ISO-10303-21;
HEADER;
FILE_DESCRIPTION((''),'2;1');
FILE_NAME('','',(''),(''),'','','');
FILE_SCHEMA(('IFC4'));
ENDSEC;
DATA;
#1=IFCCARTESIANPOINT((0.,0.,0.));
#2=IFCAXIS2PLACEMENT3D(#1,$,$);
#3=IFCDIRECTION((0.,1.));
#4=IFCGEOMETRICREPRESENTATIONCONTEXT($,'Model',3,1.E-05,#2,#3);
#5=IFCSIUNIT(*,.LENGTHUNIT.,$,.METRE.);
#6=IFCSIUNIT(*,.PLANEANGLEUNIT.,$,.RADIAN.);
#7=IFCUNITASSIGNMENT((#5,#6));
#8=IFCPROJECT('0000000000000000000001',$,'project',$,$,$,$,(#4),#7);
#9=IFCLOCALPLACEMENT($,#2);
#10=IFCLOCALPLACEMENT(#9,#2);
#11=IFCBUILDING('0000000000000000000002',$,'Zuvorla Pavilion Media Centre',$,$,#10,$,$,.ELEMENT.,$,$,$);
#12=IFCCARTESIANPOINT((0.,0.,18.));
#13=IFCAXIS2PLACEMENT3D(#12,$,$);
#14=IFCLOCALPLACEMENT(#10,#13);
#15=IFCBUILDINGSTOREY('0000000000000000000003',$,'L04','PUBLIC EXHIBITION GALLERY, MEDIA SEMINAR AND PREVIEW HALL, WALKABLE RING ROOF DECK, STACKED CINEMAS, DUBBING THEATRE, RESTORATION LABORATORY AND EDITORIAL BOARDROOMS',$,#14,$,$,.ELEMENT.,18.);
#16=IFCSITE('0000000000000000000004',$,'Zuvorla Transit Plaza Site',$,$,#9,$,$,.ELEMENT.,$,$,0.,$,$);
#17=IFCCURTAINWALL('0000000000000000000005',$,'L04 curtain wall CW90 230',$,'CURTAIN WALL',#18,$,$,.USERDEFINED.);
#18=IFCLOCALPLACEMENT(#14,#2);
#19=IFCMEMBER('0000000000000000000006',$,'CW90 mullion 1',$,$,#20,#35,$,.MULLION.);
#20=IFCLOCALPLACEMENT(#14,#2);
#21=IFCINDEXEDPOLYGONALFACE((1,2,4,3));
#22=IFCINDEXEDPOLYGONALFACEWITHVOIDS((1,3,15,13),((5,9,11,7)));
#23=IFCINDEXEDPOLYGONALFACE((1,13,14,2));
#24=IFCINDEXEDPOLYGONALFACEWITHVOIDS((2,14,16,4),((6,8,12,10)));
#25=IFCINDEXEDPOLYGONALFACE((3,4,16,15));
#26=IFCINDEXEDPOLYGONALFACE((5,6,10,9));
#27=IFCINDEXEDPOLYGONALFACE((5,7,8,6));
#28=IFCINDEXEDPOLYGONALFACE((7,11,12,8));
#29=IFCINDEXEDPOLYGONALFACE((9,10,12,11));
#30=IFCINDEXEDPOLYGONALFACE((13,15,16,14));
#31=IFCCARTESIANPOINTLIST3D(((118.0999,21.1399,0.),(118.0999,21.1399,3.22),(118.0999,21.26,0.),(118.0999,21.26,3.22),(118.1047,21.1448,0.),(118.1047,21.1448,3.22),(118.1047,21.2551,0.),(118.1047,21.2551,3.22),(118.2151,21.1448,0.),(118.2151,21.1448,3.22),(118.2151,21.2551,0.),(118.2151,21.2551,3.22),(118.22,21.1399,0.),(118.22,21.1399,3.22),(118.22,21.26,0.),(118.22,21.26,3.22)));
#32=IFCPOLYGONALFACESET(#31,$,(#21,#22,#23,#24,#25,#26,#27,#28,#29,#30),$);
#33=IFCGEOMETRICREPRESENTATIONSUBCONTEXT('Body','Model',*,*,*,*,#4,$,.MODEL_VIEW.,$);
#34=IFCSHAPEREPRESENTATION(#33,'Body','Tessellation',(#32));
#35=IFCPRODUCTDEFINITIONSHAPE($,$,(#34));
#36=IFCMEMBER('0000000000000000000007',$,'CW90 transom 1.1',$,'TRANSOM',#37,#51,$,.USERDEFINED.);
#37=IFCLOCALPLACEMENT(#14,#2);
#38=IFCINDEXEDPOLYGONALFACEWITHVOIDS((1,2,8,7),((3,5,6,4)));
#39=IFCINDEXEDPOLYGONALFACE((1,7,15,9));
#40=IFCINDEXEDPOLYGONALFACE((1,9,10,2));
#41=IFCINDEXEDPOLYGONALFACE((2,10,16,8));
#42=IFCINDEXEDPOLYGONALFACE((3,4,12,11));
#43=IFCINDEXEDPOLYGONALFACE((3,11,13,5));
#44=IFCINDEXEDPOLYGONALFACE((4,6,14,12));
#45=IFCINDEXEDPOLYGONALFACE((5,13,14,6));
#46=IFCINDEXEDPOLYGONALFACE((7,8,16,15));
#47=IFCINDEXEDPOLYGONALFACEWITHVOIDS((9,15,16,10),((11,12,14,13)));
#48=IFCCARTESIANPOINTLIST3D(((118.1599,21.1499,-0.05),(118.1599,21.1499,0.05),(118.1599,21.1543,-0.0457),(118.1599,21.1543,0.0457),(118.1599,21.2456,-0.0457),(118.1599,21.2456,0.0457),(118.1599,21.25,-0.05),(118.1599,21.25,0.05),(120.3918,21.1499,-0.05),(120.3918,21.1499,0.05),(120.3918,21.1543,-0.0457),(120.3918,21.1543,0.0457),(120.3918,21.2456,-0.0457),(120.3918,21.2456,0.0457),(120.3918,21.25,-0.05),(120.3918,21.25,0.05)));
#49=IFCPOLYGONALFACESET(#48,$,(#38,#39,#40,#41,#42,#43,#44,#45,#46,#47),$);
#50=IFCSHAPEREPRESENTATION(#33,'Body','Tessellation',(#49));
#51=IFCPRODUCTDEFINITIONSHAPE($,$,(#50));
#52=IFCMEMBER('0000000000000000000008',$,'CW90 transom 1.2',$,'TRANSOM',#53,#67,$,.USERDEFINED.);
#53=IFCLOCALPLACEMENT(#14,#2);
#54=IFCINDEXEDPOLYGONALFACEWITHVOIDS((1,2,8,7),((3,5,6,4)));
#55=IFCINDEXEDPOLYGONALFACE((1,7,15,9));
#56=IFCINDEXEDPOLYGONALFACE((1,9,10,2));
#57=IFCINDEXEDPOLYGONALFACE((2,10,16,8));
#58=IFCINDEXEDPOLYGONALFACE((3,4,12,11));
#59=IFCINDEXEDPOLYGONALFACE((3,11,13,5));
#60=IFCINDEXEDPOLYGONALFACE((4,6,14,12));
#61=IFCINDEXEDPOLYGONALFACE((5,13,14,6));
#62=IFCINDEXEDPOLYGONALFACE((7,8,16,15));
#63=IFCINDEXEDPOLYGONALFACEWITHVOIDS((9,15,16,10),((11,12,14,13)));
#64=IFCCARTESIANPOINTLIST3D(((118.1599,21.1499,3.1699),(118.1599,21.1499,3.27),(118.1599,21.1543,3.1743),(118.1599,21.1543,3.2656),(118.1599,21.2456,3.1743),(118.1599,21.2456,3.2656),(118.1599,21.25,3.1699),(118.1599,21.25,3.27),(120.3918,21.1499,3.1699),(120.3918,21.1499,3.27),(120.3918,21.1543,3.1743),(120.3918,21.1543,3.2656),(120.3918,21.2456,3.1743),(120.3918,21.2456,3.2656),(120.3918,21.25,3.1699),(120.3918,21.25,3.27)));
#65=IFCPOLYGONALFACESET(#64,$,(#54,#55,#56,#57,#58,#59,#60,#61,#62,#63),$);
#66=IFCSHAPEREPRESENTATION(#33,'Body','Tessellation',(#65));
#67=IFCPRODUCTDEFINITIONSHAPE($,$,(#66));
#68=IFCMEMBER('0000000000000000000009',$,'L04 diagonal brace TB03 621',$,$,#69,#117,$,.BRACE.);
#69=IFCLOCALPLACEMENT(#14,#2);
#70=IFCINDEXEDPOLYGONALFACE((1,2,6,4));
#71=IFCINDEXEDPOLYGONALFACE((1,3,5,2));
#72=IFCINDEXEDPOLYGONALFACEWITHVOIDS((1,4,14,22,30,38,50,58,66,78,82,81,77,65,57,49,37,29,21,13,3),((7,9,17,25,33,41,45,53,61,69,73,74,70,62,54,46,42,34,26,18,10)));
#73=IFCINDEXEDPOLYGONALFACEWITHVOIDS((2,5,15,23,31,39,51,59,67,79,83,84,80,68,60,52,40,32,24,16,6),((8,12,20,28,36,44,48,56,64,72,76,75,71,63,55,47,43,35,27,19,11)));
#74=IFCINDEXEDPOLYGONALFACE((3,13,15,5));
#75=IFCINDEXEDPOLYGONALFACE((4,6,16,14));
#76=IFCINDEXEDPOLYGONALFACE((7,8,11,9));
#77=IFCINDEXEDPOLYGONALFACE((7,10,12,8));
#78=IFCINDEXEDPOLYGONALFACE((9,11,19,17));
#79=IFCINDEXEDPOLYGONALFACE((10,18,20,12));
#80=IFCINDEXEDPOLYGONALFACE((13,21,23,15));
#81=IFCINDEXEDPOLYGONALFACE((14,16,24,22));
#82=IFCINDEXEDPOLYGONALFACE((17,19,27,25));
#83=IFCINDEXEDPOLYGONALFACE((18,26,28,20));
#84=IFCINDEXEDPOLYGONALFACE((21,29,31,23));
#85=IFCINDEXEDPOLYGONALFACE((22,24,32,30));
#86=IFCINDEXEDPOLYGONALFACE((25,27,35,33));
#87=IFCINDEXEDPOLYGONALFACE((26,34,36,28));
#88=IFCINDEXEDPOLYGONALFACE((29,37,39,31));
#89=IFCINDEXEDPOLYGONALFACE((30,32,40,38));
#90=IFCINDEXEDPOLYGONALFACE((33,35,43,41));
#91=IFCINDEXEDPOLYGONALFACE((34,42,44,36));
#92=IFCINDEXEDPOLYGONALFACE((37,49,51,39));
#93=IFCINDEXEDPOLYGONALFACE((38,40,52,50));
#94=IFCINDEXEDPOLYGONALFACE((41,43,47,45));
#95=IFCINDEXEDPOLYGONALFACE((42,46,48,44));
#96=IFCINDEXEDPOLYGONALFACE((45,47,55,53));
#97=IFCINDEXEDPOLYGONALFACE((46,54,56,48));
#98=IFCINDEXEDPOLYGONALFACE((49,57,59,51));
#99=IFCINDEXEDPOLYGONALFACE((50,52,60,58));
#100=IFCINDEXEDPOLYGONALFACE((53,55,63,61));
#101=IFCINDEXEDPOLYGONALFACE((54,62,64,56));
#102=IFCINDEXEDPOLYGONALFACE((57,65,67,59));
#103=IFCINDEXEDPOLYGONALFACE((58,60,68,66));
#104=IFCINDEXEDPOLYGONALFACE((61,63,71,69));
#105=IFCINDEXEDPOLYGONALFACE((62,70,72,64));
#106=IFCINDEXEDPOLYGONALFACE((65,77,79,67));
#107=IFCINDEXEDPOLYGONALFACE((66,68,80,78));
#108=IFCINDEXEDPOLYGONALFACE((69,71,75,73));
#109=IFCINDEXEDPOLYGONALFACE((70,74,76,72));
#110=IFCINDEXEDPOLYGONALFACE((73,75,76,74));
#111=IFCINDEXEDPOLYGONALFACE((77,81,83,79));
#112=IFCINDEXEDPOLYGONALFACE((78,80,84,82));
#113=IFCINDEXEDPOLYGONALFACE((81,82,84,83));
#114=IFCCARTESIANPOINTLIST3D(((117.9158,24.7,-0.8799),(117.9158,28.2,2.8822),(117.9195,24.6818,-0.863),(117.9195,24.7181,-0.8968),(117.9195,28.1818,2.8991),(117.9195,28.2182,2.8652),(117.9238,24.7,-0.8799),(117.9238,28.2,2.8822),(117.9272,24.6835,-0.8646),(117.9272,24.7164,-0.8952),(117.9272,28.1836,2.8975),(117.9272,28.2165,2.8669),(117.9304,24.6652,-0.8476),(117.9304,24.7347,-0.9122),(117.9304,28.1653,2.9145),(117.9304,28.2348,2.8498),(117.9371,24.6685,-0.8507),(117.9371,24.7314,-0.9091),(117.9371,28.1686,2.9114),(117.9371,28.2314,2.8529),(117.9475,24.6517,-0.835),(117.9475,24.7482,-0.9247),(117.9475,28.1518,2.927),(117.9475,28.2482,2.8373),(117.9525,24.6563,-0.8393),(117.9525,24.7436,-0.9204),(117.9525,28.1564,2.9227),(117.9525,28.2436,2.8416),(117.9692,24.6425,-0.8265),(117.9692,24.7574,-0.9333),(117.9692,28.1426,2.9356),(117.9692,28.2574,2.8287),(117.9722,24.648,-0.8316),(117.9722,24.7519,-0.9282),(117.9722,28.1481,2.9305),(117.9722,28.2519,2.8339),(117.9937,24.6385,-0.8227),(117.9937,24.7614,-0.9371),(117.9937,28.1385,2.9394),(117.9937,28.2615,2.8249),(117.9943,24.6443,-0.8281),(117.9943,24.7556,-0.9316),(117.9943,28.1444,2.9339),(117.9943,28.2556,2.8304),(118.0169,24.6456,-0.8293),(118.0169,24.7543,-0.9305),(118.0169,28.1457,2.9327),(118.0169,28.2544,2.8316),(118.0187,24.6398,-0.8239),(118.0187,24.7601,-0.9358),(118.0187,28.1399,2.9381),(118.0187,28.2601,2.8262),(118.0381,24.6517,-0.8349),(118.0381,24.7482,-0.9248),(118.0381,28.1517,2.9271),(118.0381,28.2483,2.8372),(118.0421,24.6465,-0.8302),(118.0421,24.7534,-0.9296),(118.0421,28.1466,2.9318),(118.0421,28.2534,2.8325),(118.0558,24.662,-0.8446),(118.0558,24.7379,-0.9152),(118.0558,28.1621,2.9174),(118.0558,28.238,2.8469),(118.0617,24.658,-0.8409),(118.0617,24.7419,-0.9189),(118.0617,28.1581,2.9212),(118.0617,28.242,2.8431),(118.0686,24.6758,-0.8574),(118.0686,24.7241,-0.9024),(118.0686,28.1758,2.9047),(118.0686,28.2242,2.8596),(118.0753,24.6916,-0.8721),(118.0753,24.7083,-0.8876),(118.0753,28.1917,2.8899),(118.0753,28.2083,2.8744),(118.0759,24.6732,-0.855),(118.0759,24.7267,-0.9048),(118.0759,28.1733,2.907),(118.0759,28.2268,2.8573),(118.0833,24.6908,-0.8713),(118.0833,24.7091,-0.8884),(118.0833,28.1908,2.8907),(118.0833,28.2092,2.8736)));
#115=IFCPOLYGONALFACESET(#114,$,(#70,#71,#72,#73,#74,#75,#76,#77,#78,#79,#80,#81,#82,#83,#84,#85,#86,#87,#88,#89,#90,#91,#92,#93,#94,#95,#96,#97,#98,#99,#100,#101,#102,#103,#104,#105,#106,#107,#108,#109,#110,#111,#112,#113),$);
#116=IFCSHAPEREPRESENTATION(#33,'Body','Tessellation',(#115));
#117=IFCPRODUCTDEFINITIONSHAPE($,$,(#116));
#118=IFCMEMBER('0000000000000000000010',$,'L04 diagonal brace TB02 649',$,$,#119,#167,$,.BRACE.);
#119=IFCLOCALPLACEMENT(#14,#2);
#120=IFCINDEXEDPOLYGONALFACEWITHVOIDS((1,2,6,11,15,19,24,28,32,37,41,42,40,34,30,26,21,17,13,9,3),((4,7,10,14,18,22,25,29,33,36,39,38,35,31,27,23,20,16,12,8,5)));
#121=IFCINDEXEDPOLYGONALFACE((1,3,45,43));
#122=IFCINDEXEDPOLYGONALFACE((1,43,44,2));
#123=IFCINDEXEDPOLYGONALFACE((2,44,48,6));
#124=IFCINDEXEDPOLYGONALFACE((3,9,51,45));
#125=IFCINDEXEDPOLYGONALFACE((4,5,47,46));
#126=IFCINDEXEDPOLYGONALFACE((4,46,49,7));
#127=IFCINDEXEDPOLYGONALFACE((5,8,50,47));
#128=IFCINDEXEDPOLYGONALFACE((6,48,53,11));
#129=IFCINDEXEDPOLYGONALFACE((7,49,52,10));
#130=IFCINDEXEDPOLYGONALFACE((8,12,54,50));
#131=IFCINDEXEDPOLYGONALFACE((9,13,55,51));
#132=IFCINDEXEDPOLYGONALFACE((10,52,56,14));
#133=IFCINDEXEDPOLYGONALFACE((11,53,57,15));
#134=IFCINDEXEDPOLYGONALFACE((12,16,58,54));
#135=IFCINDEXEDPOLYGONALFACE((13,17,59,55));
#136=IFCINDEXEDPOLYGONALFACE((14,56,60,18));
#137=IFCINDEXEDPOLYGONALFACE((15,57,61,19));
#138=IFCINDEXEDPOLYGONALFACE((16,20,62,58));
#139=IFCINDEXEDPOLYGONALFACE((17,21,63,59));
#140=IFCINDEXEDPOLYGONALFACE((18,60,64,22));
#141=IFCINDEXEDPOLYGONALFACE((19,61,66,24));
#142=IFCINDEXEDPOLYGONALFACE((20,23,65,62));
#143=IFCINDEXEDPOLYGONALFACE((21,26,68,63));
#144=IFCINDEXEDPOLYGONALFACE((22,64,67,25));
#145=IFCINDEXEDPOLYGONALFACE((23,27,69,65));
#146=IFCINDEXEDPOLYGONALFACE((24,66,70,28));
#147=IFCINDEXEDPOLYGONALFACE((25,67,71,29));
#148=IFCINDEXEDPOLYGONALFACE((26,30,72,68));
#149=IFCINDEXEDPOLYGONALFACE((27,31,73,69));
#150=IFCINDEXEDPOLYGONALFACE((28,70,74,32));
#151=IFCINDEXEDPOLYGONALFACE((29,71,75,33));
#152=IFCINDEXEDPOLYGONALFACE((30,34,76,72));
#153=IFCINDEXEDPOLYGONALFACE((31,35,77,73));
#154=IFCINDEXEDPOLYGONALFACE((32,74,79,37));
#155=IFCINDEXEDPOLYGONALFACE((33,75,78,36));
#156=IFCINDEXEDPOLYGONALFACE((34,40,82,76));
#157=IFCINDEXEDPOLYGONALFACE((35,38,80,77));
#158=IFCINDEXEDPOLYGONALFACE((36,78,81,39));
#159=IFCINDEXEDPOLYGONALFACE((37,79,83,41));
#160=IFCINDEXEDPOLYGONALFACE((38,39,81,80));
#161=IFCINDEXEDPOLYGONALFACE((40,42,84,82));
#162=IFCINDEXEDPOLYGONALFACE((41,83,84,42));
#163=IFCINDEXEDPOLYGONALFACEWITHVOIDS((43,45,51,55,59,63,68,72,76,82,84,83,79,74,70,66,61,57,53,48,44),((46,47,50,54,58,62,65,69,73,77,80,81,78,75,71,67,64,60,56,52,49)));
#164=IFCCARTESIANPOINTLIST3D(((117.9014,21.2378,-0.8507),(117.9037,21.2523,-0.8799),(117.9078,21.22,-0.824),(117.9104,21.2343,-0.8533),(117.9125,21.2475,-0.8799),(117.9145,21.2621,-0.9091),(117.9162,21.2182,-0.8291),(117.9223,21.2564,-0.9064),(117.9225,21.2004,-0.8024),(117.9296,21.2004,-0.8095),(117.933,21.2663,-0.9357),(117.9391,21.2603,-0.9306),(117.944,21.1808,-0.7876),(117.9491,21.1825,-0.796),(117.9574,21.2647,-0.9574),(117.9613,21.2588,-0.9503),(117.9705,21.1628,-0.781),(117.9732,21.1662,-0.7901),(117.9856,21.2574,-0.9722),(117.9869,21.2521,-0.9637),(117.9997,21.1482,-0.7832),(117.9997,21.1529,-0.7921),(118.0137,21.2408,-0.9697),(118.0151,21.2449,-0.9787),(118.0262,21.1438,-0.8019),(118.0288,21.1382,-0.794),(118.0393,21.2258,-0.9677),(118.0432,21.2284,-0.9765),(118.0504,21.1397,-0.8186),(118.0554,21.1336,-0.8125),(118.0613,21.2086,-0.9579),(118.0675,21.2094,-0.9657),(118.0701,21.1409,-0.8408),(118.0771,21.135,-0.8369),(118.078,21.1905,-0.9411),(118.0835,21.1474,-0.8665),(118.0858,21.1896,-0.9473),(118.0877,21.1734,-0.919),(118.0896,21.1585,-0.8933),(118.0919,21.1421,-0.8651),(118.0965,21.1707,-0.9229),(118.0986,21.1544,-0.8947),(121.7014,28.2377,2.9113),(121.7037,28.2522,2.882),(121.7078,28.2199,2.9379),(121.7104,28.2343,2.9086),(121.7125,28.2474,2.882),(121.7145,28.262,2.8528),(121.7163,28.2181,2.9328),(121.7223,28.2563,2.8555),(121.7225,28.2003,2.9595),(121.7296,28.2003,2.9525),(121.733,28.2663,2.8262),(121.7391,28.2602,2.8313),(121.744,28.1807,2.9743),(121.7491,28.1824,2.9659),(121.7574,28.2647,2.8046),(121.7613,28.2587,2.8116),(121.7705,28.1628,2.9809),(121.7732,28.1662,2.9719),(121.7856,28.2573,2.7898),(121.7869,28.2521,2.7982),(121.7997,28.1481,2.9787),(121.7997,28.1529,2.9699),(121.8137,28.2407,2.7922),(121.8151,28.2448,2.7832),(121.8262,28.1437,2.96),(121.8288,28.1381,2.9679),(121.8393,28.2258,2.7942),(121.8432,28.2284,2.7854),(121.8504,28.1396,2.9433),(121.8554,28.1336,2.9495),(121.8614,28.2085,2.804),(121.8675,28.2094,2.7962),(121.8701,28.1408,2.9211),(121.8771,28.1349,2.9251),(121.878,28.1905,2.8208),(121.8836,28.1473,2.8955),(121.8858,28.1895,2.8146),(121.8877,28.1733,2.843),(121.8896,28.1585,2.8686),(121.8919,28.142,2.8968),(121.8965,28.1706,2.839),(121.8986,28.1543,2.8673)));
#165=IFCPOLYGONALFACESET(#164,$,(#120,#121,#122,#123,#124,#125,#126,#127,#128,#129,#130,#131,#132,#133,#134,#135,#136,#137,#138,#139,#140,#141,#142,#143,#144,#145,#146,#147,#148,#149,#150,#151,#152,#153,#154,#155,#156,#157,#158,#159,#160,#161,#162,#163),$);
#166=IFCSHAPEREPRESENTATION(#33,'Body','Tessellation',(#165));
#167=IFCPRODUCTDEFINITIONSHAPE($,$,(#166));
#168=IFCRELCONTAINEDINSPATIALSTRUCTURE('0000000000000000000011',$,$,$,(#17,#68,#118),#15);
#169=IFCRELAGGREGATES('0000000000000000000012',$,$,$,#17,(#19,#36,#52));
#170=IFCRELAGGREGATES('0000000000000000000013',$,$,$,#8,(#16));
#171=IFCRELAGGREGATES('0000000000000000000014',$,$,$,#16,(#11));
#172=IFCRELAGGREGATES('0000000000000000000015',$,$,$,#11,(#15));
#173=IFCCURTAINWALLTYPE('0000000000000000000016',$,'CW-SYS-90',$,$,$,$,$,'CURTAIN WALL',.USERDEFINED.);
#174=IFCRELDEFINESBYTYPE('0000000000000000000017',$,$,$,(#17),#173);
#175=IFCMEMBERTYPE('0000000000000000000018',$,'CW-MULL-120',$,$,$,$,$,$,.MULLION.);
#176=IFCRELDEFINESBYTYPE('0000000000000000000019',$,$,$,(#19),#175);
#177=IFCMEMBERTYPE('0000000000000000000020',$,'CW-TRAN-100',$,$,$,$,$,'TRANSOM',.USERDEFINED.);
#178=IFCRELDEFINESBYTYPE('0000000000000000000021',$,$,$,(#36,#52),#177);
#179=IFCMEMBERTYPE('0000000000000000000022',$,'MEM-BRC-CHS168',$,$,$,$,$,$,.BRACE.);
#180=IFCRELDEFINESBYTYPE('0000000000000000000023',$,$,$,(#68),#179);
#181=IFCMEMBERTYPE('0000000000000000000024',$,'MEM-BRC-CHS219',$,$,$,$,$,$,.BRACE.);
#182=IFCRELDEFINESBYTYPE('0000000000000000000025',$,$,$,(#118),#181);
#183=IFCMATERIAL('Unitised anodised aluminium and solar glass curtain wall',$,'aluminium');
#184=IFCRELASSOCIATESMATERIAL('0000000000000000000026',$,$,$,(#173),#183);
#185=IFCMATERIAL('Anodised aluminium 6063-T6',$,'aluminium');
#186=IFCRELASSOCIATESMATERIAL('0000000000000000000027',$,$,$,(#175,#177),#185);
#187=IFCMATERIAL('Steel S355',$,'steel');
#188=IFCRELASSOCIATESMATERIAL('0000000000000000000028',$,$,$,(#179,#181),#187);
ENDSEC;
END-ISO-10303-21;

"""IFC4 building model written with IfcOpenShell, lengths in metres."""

from ifc_helpers import new_model, si_unit, direction, frame, origin, origin_2d, place, context, subcontext, project, spatial, hollow_rectangle, hollow_circle, extrude, material, material_profile, profile_set, type_object, element, aggregate, save


model = new_model("IFC4")

# Units and contexts
model_context = context("Model", 3, precision=1e-05, world=origin(), true_north=direction((0.0, 1.0)))
body_context = subcontext(model_context, "Body", "Model", "MODEL_VIEW")
ifc_project = project(units=[si_unit("LENGTHUNIT", "METRE"), si_unit("PLANEANGLEUNIT", "RADIAN")], contexts=[model_context])

# Site, building, storey
site_placement = place(None, origin())
site = spatial("IfcSite", under=ifc_project, at=site_placement, Name="Zuvorla Transit Plaza Site", CompositionType="ELEMENT", RefElevation=0.0)
building_placement = place(site_placement, origin())
building = spatial("IfcBuilding", under=site, at=building_placement, Name="Zuvorla Pavilion Media Centre", CompositionType="ELEMENT")
storey_placement = place(building_placement, frame((0.0, 0.0, 18.0)))
storey = spatial("IfcBuildingStorey", under=building, at=storey_placement, Name="L04", Description="PUBLIC EXHIBITION GALLERY, MEDIA SEMINAR AND PREVIEW HALL, WALKABLE RING ROOF DECK, STACKED CINEMAS, DUBBING THEATRE, RESTORATION LABORATORY AND EDITORIAL BOARDROOMS", CompositionType="ELEMENT", Elevation=18.0)

# Curtain wall, members
ifc_material_1 = material(Name="Unitised anodised aluminium and solar glass curtain wall", Category="aluminium")
curtain_wall_type = type_object("IfcCurtainWallType", Name="CW-SYS-90", ElementType="CURTAIN WALL", PredefinedType="USERDEFINED", material=ifc_material_1)
curtain_wall_placement = place(storey_placement, origin())
curtain_wall = element("IfcCurtainWall", 1, at=curtain_wall_placement, inside=storey, type_object=curtain_wall_type, Name="L04 curtain wall CW90 230", ObjectType="CURTAIN WALL", PredefinedType="USERDEFINED")
ifc_material_2 = material(Name="Anodised aluminium 6063-T6", Category="aluminium")
ifc_material_profile_1 = material_profile(ifc_material_2, hollow_rectangle(XDim=0.1201, YDim=0.1201, WallThickness=0.0049, at=origin_2d()), Name="ALU MULL 120x120")
ifc_profile_set_1 = profile_set([ifc_material_profile_1], Name="Anodised aluminium 6063-T6")
member_type_1 = type_object("IfcMemberType", Name="CW-MULL-120", PredefinedType="MULLION", material=ifc_profile_set_1)
member_1_placement = place(storey_placement, frame((118.1599, 21.2, 0.0), z_axis=(0.0, 0.0, 1.0), x_axis=(1.0, 0.0, 0.0)))
member_1 = element("IfcMember", 2, at=member_1_placement, type_object=member_type_1, Name="CW90 mullion 1", PredefinedType="MULLION", context=body_context, shape_type="SweptSolid", body=[
    extrude(hollow_rectangle(XDim=0.1201, YDim=0.1201, WallThickness=0.0049, at=origin_2d()), origin(), (0.0, 0.0, 1.0), 3.22),
])
ifc_material_profile_2 = material_profile(ifc_material_2, hollow_rectangle(XDim=0.1001, YDim=0.1001, WallThickness=0.0044, at=origin_2d()), Name="ALU TRAN 100x100")
ifc_profile_set_2 = profile_set([ifc_material_profile_2], Name="Anodised aluminium 6063-T6")
member_type_2 = type_object("IfcMemberType", Name="CW-TRAN-100", ElementType="TRANSOM", PredefinedType="USERDEFINED", material=ifc_profile_set_2)
member_2_placement = place(storey_placement, frame((118.1599, 21.2, 0.0), z_axis=(1.0, 0.0, 0.0), x_axis=(0.0, 1.0, 0.0)))
member_2 = element("IfcMember", 3, at=member_2_placement, type_object=member_type_2, Name="CW90 transom 1.1", ObjectType="TRANSOM", PredefinedType="USERDEFINED", context=body_context, shape_type="SweptSolid", body=[
    extrude(hollow_rectangle(XDim=0.1001, YDim=0.1001, WallThickness=0.0044, at=origin_2d()), origin(), (0.0, 0.0, 1.0), 2.2319),
])
member_3_placement = place(storey_placement, frame((118.1599, 21.2, 3.22), z_axis=(1.0, 0.0, 0.0), x_axis=(0.0, 1.0, 0.0)))
member_3 = element("IfcMember", 4, at=member_3_placement, type_object=member_type_2, Name="CW90 transom 1.2", ObjectType="TRANSOM", PredefinedType="USERDEFINED", context=body_context, shape_type="SweptSolid", body=[
    extrude(hollow_rectangle(XDim=0.1001, YDim=0.1001, WallThickness=0.0044, at=origin_2d()), origin(), (0.0, 0.0, 1.0), 2.2319),
])

# Members
ifc_material_3 = material(Name="Steel S355", Category="steel")
ifc_material_profile_3 = material_profile(ifc_material_3, hollow_circle(Radius=0.0842, WallThickness=0.0081, at=origin_2d()), Name="CHS 168.3x8")
ifc_profile_set_3 = profile_set([ifc_material_profile_3], Name="Steel S355")
member_type_3 = type_object("IfcMemberType", Name="MEM-BRC-CHS168", PredefinedType="BRACE", material=ifc_profile_set_3)
member_4_placement = place(storey_placement, frame((118.0, 24.7, -0.8799), z_axis=(0.0, 0.681156, 0.732138), x_axis=(-1.0, 0.0, 0.0)))
element("IfcMember", 5, at=member_4_placement, inside=storey, type_object=member_type_3, Name="L04 diagonal brace TB03 621", PredefinedType="BRACE", context=body_context, shape_type="SweptSolid", body=[
    extrude(hollow_circle(Radius=0.0842, WallThickness=0.0081, at=origin_2d()), origin(), (0.0, 0.0, 1.0), 5.1384),
])
ifc_material_profile_4 = material_profile(ifc_material_3, hollow_circle(Radius=0.1096, WallThickness=0.01, at=origin_2d()), Name="CHS 219.1x10")
ifc_profile_set_4 = profile_set([ifc_material_profile_4], Name="Steel S355")
member_type_4 = type_object("IfcMemberType", Name="MEM-BRC-CHS219", PredefinedType="BRACE", material=ifc_profile_set_4)
member_5_placement = place(storey_placement, frame((118.0, 21.2, -0.8799), z_axis=(0.431399, 0.794671, 0.427075), x_axis=(-0.878851, 0.477097, 0.0)))
element("IfcMember", 6, at=member_5_placement, inside=storey, type_object=member_type_4, Name="L04 diagonal brace TB02 649", PredefinedType="BRACE", context=body_context, shape_type="SweptSolid", body=[
    extrude(hollow_circle(Radius=0.1096, WallThickness=0.01, at=origin_2d()), origin(), (0.0, 0.0, 1.0), 8.8086),
])

aggregate(curtain_wall, [member_1, member_2, member_3])

save(model, "model.ifc")
